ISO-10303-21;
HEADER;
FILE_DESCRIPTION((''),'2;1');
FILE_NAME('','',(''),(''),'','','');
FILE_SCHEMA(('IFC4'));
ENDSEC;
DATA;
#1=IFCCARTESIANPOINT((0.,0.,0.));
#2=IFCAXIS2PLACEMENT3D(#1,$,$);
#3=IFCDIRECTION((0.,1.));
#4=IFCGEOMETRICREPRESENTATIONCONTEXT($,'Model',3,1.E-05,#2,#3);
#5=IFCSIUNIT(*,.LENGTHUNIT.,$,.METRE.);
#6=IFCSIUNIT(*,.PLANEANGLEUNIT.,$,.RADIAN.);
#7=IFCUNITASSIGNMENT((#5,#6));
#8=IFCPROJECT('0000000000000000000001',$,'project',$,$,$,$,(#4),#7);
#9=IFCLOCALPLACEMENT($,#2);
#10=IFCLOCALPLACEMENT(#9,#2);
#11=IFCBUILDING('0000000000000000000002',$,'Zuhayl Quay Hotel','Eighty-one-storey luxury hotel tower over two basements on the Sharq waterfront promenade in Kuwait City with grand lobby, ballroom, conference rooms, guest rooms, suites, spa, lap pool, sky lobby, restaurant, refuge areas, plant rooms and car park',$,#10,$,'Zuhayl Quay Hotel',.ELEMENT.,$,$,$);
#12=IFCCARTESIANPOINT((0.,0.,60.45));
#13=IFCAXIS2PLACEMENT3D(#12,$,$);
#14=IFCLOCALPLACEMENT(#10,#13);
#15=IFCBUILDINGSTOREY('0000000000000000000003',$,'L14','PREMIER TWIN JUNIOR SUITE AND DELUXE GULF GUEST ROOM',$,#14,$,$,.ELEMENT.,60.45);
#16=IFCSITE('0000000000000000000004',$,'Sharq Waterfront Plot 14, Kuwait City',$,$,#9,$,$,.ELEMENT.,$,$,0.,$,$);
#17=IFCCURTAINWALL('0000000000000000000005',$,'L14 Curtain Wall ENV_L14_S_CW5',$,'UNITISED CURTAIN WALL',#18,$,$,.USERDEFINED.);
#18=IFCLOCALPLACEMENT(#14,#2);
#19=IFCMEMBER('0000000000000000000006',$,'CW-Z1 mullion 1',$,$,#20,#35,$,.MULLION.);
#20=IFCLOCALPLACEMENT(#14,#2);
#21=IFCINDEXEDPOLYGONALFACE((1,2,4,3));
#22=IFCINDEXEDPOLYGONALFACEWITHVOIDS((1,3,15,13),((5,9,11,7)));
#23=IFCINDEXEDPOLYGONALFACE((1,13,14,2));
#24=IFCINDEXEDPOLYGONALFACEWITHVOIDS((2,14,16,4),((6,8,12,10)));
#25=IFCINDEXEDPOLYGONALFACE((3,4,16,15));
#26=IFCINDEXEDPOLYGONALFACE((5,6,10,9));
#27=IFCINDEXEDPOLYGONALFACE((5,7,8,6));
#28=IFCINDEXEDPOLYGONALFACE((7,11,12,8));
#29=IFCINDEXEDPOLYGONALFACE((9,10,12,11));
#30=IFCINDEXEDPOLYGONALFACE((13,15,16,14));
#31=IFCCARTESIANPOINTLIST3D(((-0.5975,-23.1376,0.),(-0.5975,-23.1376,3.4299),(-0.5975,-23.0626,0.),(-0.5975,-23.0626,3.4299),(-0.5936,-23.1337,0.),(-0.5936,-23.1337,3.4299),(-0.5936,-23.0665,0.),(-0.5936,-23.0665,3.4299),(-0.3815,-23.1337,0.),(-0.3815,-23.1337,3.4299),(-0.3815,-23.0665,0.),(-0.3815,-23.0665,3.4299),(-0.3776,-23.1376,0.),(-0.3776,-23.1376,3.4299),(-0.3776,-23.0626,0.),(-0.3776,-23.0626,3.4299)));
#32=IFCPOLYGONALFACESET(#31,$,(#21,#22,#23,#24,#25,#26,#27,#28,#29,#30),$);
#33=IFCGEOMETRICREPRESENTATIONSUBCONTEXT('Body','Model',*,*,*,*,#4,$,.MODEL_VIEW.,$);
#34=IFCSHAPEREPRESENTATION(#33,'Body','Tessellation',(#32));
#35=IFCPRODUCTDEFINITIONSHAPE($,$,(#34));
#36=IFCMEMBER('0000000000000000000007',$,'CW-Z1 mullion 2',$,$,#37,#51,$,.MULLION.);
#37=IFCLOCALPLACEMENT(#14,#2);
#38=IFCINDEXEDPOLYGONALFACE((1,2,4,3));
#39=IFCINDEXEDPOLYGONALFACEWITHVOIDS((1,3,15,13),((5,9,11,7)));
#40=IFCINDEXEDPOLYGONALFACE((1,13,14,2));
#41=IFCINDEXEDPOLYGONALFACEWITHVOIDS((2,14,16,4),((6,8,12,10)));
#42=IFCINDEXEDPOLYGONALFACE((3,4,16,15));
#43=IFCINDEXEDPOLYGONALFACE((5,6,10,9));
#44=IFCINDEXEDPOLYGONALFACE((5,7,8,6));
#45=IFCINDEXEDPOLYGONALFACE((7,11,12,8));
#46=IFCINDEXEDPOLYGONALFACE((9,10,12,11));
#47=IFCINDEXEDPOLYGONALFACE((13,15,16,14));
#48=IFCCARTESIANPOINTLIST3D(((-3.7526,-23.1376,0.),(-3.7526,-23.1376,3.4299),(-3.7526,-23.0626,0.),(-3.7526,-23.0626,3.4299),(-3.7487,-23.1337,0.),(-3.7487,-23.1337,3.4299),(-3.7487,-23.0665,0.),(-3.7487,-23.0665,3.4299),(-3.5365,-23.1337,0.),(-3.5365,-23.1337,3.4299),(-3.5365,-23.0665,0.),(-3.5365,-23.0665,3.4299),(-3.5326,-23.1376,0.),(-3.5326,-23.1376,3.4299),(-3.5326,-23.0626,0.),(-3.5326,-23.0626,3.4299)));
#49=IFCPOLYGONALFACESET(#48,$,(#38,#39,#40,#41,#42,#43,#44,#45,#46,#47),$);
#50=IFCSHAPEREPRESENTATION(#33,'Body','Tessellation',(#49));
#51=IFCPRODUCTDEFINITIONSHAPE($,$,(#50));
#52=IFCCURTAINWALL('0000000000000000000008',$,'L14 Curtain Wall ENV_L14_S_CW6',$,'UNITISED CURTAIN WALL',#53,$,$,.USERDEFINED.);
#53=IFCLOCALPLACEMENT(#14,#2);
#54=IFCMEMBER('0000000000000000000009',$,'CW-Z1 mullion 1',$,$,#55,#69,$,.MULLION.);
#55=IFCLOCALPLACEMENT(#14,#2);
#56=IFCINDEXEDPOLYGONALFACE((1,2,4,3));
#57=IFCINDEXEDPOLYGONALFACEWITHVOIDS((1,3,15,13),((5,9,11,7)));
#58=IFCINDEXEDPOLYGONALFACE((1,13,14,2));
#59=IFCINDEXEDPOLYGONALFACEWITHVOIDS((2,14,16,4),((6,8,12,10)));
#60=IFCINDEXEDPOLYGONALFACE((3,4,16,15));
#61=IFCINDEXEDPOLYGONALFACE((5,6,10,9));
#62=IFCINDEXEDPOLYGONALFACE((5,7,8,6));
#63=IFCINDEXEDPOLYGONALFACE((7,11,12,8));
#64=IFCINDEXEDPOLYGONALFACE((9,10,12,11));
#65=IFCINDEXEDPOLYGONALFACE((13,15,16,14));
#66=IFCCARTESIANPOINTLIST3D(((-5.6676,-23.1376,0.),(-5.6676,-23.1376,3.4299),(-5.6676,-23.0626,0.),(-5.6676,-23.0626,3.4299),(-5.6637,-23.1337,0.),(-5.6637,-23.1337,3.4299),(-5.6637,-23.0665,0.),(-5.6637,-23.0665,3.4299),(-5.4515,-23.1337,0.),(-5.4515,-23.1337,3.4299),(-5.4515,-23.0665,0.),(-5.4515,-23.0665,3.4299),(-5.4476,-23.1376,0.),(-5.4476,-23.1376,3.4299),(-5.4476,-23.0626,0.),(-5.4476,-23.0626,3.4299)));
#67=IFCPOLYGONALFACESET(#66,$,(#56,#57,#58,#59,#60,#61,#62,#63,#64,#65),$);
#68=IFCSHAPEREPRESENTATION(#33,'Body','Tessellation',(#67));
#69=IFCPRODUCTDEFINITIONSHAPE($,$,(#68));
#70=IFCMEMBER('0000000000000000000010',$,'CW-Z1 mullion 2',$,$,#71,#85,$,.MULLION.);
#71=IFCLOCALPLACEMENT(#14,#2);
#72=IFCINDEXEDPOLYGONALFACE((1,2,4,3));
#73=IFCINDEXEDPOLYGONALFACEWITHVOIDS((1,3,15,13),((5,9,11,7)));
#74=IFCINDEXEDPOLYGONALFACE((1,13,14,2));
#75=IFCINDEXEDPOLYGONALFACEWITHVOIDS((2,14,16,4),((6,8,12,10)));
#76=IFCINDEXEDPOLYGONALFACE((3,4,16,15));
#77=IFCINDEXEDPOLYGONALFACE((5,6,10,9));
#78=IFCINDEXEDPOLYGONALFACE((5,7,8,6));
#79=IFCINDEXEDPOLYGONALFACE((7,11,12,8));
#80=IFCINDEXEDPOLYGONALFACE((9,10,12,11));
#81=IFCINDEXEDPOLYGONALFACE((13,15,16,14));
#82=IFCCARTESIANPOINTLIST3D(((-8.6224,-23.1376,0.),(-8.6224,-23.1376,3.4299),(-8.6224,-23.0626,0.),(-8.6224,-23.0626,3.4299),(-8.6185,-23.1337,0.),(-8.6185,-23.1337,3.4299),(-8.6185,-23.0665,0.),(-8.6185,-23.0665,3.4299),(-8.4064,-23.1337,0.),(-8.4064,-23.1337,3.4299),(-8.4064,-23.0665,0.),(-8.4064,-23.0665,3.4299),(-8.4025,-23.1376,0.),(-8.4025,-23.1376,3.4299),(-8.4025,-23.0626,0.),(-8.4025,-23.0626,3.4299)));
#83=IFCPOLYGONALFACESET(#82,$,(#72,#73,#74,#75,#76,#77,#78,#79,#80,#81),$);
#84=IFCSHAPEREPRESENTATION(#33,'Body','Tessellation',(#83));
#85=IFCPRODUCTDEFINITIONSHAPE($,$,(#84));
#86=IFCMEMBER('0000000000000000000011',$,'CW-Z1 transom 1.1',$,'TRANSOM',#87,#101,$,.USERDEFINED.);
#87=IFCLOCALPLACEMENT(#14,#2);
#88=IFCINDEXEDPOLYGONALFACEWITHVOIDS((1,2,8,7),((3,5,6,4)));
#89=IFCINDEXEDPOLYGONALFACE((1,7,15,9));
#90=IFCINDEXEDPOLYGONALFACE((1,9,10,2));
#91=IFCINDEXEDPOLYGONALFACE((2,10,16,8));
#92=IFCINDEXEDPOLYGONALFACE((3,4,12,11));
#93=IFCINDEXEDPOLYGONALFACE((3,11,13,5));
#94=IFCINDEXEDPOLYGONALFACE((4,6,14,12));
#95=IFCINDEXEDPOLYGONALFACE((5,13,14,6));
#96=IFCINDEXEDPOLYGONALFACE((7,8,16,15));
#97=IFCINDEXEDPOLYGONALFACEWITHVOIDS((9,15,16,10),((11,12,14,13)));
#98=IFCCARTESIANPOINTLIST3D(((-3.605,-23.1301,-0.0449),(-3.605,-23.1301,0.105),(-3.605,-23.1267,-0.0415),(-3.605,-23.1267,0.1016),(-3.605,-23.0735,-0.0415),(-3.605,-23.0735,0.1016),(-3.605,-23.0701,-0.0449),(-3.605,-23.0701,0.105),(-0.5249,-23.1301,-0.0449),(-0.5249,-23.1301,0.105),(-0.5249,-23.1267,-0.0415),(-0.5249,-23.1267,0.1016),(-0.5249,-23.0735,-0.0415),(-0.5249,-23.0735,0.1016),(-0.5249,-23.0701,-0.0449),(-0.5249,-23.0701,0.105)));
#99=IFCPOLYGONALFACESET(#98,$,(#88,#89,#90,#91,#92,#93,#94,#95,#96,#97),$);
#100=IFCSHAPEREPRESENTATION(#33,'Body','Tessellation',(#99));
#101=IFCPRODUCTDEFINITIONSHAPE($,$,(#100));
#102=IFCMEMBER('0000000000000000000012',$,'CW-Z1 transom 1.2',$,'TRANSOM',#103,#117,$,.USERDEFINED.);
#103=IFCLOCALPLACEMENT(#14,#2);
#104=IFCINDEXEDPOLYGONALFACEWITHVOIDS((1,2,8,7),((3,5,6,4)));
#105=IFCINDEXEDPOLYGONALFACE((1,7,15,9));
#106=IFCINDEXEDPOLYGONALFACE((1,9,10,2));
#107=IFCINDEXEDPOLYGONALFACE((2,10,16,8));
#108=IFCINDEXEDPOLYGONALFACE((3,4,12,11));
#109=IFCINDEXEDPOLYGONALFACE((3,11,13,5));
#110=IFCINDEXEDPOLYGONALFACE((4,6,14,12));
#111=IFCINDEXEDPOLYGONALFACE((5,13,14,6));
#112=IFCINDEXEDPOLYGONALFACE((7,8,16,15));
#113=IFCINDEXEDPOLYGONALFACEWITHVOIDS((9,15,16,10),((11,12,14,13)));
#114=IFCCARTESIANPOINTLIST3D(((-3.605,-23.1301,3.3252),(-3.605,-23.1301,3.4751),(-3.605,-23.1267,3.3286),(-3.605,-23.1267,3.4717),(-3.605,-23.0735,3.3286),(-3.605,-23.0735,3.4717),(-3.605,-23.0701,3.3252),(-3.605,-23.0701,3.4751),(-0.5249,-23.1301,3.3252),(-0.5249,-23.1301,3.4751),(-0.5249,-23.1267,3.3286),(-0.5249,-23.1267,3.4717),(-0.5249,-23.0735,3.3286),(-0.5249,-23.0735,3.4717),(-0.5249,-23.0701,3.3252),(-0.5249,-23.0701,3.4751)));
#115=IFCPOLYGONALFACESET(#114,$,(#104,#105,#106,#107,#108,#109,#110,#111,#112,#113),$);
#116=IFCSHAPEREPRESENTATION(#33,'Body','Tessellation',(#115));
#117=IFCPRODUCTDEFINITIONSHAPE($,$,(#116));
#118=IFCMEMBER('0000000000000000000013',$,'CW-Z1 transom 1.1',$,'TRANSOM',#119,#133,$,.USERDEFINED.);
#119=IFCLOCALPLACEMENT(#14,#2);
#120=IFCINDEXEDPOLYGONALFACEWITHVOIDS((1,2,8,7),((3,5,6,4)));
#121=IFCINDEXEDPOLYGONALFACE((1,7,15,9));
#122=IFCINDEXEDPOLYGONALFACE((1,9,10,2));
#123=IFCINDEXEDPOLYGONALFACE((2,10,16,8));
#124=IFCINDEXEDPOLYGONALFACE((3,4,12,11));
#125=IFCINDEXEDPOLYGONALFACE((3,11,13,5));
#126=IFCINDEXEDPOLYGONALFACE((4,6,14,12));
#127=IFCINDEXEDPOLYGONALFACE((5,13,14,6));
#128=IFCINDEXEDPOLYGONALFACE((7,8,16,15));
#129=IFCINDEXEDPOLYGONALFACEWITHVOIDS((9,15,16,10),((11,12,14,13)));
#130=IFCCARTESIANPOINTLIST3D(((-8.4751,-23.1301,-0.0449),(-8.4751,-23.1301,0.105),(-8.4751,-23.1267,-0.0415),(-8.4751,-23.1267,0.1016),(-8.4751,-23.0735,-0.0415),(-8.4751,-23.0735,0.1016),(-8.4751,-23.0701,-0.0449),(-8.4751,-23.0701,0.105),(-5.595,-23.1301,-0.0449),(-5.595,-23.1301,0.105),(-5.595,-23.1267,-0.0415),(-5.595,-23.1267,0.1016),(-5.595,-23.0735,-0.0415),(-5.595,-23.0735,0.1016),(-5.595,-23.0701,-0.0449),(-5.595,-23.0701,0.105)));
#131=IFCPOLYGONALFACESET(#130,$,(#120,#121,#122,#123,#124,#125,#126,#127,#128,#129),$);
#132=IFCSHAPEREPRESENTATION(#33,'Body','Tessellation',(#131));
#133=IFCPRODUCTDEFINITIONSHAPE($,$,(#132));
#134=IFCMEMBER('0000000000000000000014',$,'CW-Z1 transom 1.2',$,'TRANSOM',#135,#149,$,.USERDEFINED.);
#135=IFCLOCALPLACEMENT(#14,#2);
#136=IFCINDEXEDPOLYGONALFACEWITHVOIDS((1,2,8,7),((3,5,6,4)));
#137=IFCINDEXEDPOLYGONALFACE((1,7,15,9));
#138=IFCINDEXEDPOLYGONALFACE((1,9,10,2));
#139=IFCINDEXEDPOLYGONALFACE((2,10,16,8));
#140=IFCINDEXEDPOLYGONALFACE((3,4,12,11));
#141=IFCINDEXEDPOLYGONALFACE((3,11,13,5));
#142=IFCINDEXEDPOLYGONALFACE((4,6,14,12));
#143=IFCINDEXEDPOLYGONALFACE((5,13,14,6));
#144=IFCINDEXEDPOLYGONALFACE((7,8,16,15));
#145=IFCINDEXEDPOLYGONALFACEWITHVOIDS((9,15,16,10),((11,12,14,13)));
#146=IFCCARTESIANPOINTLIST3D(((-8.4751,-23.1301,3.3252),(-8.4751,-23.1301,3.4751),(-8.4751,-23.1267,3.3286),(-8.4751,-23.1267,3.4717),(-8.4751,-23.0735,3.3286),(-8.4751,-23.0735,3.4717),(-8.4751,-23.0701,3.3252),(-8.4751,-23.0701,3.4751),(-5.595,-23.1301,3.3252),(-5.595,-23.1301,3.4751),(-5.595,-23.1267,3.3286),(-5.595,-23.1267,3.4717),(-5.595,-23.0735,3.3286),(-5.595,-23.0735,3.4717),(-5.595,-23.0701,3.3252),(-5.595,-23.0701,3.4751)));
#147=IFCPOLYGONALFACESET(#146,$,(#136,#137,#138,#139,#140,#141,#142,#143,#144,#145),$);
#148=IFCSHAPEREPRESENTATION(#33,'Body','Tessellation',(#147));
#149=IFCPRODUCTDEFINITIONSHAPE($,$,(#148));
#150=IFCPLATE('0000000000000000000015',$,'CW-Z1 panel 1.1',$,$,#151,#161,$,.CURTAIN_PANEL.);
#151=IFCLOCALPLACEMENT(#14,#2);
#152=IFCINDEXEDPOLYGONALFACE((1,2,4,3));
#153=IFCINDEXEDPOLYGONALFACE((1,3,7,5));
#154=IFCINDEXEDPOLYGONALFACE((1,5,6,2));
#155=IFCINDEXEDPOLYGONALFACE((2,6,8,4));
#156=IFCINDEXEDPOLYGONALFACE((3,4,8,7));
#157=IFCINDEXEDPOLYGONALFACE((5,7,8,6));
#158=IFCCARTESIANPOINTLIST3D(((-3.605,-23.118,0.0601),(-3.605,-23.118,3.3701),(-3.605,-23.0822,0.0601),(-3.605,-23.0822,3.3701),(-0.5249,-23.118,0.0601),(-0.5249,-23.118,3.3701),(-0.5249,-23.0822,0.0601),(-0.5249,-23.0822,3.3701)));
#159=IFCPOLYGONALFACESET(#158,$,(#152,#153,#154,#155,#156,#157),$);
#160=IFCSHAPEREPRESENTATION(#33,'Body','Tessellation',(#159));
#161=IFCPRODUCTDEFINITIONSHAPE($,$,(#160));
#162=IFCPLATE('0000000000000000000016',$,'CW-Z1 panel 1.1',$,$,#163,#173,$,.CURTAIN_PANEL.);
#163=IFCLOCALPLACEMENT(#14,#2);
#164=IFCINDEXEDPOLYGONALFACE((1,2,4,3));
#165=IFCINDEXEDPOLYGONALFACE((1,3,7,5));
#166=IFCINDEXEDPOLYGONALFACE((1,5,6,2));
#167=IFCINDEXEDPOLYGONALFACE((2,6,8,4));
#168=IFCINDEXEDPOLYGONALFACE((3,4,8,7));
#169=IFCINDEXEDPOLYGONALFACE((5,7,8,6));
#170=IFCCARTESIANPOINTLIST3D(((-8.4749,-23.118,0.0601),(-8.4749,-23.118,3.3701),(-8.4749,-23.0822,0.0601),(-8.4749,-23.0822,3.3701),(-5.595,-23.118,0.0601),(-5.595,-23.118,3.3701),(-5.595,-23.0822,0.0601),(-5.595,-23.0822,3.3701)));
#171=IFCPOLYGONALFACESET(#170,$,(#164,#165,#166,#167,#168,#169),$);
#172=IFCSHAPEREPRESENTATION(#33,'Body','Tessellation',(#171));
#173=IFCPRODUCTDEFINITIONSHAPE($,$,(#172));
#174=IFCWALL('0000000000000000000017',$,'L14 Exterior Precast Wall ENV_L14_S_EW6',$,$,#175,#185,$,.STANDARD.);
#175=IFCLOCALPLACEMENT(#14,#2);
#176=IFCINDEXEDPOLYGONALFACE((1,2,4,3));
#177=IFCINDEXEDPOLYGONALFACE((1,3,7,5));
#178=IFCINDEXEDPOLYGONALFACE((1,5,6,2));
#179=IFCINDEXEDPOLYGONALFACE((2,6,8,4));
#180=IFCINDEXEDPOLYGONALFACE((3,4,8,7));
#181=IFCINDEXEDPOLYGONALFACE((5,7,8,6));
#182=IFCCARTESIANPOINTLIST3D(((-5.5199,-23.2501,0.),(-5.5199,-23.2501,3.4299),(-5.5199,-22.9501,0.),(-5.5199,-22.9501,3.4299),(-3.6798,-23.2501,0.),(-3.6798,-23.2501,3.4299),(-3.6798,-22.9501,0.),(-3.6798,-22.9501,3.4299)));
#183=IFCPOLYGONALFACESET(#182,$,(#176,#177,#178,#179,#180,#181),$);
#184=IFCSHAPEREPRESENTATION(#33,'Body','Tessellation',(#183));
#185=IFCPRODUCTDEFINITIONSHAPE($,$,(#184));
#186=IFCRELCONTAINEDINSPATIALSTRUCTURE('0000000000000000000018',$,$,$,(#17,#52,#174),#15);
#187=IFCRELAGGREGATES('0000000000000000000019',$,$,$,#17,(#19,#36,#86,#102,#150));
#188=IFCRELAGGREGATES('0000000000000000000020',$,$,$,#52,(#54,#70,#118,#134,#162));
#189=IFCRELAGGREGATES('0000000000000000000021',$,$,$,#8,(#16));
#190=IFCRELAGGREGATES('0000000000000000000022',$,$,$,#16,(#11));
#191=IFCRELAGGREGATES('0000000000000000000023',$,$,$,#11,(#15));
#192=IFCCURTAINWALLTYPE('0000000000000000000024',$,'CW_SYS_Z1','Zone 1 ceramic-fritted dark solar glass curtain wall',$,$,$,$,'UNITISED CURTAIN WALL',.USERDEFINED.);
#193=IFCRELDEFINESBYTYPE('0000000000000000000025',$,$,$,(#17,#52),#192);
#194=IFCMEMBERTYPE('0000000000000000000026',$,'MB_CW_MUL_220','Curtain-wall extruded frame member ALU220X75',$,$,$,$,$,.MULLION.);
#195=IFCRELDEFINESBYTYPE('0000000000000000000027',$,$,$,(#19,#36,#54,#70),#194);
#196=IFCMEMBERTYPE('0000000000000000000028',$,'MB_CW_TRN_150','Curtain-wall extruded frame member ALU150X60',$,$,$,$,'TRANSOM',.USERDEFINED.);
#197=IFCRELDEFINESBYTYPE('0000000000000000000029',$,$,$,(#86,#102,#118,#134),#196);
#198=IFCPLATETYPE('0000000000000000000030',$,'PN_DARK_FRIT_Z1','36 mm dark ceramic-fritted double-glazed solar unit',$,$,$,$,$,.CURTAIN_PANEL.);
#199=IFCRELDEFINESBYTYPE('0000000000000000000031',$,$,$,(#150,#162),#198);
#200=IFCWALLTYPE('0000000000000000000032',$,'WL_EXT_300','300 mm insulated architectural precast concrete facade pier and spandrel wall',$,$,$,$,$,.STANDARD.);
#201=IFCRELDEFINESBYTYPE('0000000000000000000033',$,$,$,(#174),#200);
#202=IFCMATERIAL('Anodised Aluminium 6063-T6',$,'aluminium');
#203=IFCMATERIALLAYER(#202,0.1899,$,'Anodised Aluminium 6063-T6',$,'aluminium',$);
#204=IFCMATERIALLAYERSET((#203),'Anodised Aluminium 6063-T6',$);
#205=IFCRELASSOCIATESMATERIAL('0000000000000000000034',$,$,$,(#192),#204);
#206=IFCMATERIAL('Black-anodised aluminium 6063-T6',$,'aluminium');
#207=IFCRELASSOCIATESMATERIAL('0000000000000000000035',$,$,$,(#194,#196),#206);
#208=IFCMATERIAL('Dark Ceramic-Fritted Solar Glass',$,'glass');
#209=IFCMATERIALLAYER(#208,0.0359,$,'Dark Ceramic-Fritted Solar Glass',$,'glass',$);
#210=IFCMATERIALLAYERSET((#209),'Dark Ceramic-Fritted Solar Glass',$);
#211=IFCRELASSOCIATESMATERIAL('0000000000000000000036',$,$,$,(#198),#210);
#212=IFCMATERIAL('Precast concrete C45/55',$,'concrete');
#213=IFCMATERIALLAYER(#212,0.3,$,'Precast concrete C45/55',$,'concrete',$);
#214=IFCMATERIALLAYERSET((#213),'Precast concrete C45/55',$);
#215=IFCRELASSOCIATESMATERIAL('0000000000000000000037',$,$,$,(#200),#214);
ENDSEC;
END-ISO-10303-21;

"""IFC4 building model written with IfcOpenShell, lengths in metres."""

from ifc_helpers import new_model, si_unit, direction, frame, frame_2d, origin, origin_2d, place, context, subcontext, project, spatial, rectangle, hollow_rectangle, extrude, material, layer, layer_set, material_profile, profile_set, type_object, element, aggregate, save


model = new_model("IFC4")

# Units and contexts
model_context = context("Model", 3, precision=1e-05, world=origin(), true_north=direction((0.0, 1.0)))
body_context = subcontext(model_context, "Body", "Model", "MODEL_VIEW")
ifc_project = project(units=[si_unit("LENGTHUNIT", "METRE"), si_unit("PLANEANGLEUNIT", "RADIAN")], contexts=[model_context])

# Site, building, storey
site_placement = place(None, origin())
site = spatial("IfcSite", under=ifc_project, at=site_placement, Name="Sharq Waterfront Plot 14, Kuwait City", CompositionType="ELEMENT", RefElevation=0.0)
building_placement = place(site_placement, origin())
building = spatial("IfcBuilding", under=site, at=building_placement, Name="Zuhayl Quay Hotel", Description="Eighty-one-storey luxury hotel tower over two basements on the Sharq waterfront promenade in Kuwait City with grand lobby, ballroom, conference rooms, guest rooms, suites, spa, lap pool, sky lobby, restaurant, refuge areas, plant rooms and car park", LongName="Zuhayl Quay Hotel", CompositionType="ELEMENT")
storey_placement = place(building_placement, frame((0.0, 0.0, 60.45)))
storey = spatial("IfcBuildingStorey", under=building, at=storey_placement, Name="L14", Description="PREMIER TWIN JUNIOR SUITE AND DELUXE GULF GUEST ROOM", CompositionType="ELEMENT", Elevation=60.45)

# Curtain walls, members
ifc_material_1 = material(Name="Anodised Aluminium 6063-T6", Category="aluminium")
ifc_layer_1 = layer(ifc_material_1, 0.1899, Name="Anodised Aluminium 6063-T6", Category="aluminium")
ifc_layer_set_1 = layer_set([ifc_layer_1], Name="Anodised Aluminium 6063-T6")
curtain_wall_type = type_object("IfcCurtainWallType", Name="CW_SYS_Z1", Description="Zone 1 ceramic-fritted dark solar glass curtain wall", ElementType="UNITISED CURTAIN WALL", PredefinedType="USERDEFINED", material=ifc_layer_set_1)
curtain_wall_1_placement = place(storey_placement, origin())
curtain_wall_1 = element("IfcCurtainWall", 1, at=curtain_wall_1_placement, inside=storey, type_object=curtain_wall_type, Name="L14 Curtain Wall ENV_L14_S_CW5", ObjectType="UNITISED CURTAIN WALL", PredefinedType="USERDEFINED")
ifc_material_2 = material(Name="Black-anodised aluminium 6063-T6", Category="aluminium")
ifc_material_profile_1 = material_profile(ifc_material_2, hollow_rectangle(XDim=0.075, YDim=0.22, WallThickness=0.0039, at=origin_2d()), Name="ALU220X75")
ifc_profile_set_1 = profile_set([ifc_material_profile_1], Name="Black-anodised aluminium 6063-T6")
member_type_1 = type_object("IfcMemberType", Name="MB_CW_MUL_220", Description="Curtain-wall extruded frame member ALU220X75", PredefinedType="MULLION", material=ifc_profile_set_1)
member_1_placement = place(storey_placement, frame((-0.4875, -23.1001, 0.0), z_axis=(0.0, 0.0, 1.0), x_axis=(0.0, -1.0, 0.0)))
member_1 = element("IfcMember", 2, at=member_1_placement, type_object=member_type_1, Name="CW-Z1 mullion 1", PredefinedType="MULLION", context=body_context, shape_type="SweptSolid", body=[
    extrude(hollow_rectangle(XDim=0.075, YDim=0.22, WallThickness=0.0039, at=origin_2d()), origin(), (0.0, 0.0, 1.0), 3.4299),
])
member_2_placement = place(storey_placement, frame((-3.6426, -23.1001, 0.0), z_axis=(0.0, 0.0, 1.0), x_axis=(0.0, -1.0, 0.0)))
member_2 = element("IfcMember", 3, at=member_2_placement, type_object=member_type_1, Name="CW-Z1 mullion 2", PredefinedType="MULLION", context=body_context, shape_type="SweptSolid", body=[
    extrude(hollow_rectangle(XDim=0.075, YDim=0.22, WallThickness=0.0039, at=origin_2d()), origin(), (0.0, 0.0, 1.0), 3.4299),
])
curtain_wall_2_placement = place(storey_placement, origin())
curtain_wall_2 = element("IfcCurtainWall", 4, at=curtain_wall_2_placement, inside=storey, type_object=curtain_wall_type, Name="L14 Curtain Wall ENV_L14_S_CW6", ObjectType="UNITISED CURTAIN WALL", PredefinedType="USERDEFINED")
member_3_placement = place(storey_placement, frame((-5.5576, -23.1001, 0.0), z_axis=(0.0, 0.0, 1.0), x_axis=(0.0, -1.0, 0.0)))
member_3 = element("IfcMember", 5, at=member_3_placement, type_object=member_type_1, Name="CW-Z1 mullion 1", PredefinedType="MULLION", context=body_context, shape_type="SweptSolid", body=[
    extrude(hollow_rectangle(XDim=0.075, YDim=0.22, WallThickness=0.0039, at=origin_2d()), origin(), (0.0, 0.0, 1.0), 3.4299),
])
member_4_placement = place(storey_placement, frame((-8.5125, -23.1001, 0.0), z_axis=(0.0, 0.0, 1.0), x_axis=(0.0, -1.0, 0.0)))
member_4 = element("IfcMember", 6, at=member_4_placement, type_object=member_type_1, Name="CW-Z1 mullion 2", PredefinedType="MULLION", context=body_context, shape_type="SweptSolid", body=[
    extrude(hollow_rectangle(XDim=0.075, YDim=0.22, WallThickness=0.0039, at=origin_2d()), origin(), (0.0, 0.0, 1.0), 3.4299),
])

# Members
ifc_material_profile_2 = material_profile(ifc_material_2, hollow_rectangle(XDim=0.0601, YDim=0.1499, WallThickness=0.0034, at=origin_2d()), Name="ALU150X60")
ifc_profile_set_2 = profile_set([ifc_material_profile_2], Name="Black-anodised aluminium 6063-T6")
member_type_2 = type_object("IfcMemberType", Name="MB_CW_TRN_150", Description="Curtain-wall extruded frame member ALU150X60", ElementType="TRANSOM", PredefinedType="USERDEFINED", material=ifc_profile_set_2)
member_5_placement = place(storey_placement, frame((-0.5249, -23.1001, 0.03), z_axis=(-1.0, 0.0, 0.0), x_axis=(0.0, -1.0, 0.0)))
member_5 = element("IfcMember", 7, at=member_5_placement, type_object=member_type_2, Name="CW-Z1 transom 1.1", ObjectType="TRANSOM", PredefinedType="USERDEFINED", context=body_context, shape_type="SweptSolid", body=[
    extrude(hollow_rectangle(XDim=0.0601, YDim=0.1499, WallThickness=0.0034, at=origin_2d()), origin(), (0.0, 0.0, 1.0), 3.0801),
])
member_6_placement = place(storey_placement, frame((-0.5249, -23.1001, 3.4001), z_axis=(-1.0, 0.0, 0.0), x_axis=(0.0, -1.0, 0.0)))
member_6 = element("IfcMember", 8, at=member_6_placement, type_object=member_type_2, Name="CW-Z1 transom 1.2", ObjectType="TRANSOM", PredefinedType="USERDEFINED", context=body_context, shape_type="SweptSolid", body=[
    extrude(hollow_rectangle(XDim=0.0601, YDim=0.1499, WallThickness=0.0034, at=origin_2d()), origin(), (0.0, 0.0, 1.0), 3.0801),
])
member_7_placement = place(storey_placement, frame((-5.595, -23.1001, 0.03), z_axis=(-1.0, 0.0, 0.0), x_axis=(0.0, -1.0, 0.0)))
member_7 = element("IfcMember", 9, at=member_7_placement, type_object=member_type_2, Name="CW-Z1 transom 1.1", ObjectType="TRANSOM", PredefinedType="USERDEFINED", context=body_context, shape_type="SweptSolid", body=[
    extrude(hollow_rectangle(XDim=0.0601, YDim=0.1499, WallThickness=0.0034, at=origin_2d()), origin(), (0.0, 0.0, 1.0), 2.8801),
])
member_8_placement = place(storey_placement, frame((-5.595, -23.1001, 3.4001), z_axis=(-1.0, 0.0, 0.0), x_axis=(0.0, -1.0, 0.0)))
member_8 = element("IfcMember", 10, at=member_8_placement, type_object=member_type_2, Name="CW-Z1 transom 1.2", ObjectType="TRANSOM", PredefinedType="USERDEFINED", context=body_context, shape_type="SweptSolid", body=[
    extrude(hollow_rectangle(XDim=0.0601, YDim=0.1499, WallThickness=0.0034, at=origin_2d()), origin(), (0.0, 0.0, 1.0), 2.8801),
])

# Plates
ifc_material_3 = material(Name="Dark Ceramic-Fritted Solar Glass", Category="glass")
ifc_layer_2 = layer(ifc_material_3, 0.0359, Name="Dark Ceramic-Fritted Solar Glass", Category="glass")
ifc_layer_set_2 = layer_set([ifc_layer_2], Name="Dark Ceramic-Fritted Solar Glass")
plate_type = type_object("IfcPlateType", Name="PN_DARK_FRIT_Z1", Description="36 mm dark ceramic-fritted double-glazed solar unit", PredefinedType="CURTAIN_PANEL", material=ifc_layer_set_2)
plate_1_placement = place(storey_placement, frame((-2.0649, -23.1001, 0.0601), z_axis=(0.0, 0.0, 1.0), x_axis=(-1.0, 0.0, 0.0)))
plate_1 = element("IfcPlate", 11, at=plate_1_placement, type_object=plate_type, Name="CW-Z1 panel 1.1", PredefinedType="CURTAIN_PANEL", context=body_context, shape_type="SweptSolid", body=[
    extrude(rectangle(XDim=3.0801, YDim=0.0359, at=origin_2d()), origin(), (0.0, 0.0, 1.0), 3.3101),
])
aggregate(curtain_wall_1, [member_1, member_2, member_5, member_6, plate_1])
plate_2_placement = place(storey_placement, frame((-7.0349, -23.1001, 0.0601), z_axis=(0.0, 0.0, 1.0), x_axis=(-1.0, 0.0, 0.0)))
plate_2 = element("IfcPlate", 12, at=plate_2_placement, type_object=plate_type, Name="CW-Z1 panel 1.1", PredefinedType="CURTAIN_PANEL", context=body_context, shape_type="SweptSolid", body=[
    extrude(rectangle(XDim=2.8799, YDim=0.0359, at=origin_2d()), origin(), (0.0, 0.0, 1.0), 3.3101),
])
aggregate(curtain_wall_2, [member_3, member_4, member_7, member_8, plate_2])

# Wall
ifc_material_4 = material(Name="Precast concrete C45/55", Category="concrete")
ifc_layer_3 = layer(ifc_material_4, 0.3, Name="Precast concrete C45/55", Category="concrete")
ifc_layer_set_3 = layer_set([ifc_layer_3], Name="Precast concrete C45/55")
wall_type_1 = type_object("IfcWallType", Name="WL_EXT_300", Description="300 mm insulated architectural precast concrete facade pier and spandrel wall", PredefinedType="STANDARD", material=ifc_layer_set_3)
wall_1_placement = place(storey_placement, frame((-3.6799, -23.1001, 0.0), z_axis=(0.0, 0.0, 1.0), x_axis=(-1.0, 0.0, 0.0)))
element("IfcWall", 13, at=wall_1_placement, inside=storey, type_object=wall_type_1, Name="L14 Exterior Precast Wall ENV_L14_S_EW6", PredefinedType="STANDARD", context=body_context, shape_type="SweptSolid", body=[
    extrude(rectangle(XDim=1.8401, YDim=0.3, at=frame_2d((0.9199, 0.0))), origin(), (0.0, 0.0, 1.0), 3.4299),
])

save(model, "model.ifc")
